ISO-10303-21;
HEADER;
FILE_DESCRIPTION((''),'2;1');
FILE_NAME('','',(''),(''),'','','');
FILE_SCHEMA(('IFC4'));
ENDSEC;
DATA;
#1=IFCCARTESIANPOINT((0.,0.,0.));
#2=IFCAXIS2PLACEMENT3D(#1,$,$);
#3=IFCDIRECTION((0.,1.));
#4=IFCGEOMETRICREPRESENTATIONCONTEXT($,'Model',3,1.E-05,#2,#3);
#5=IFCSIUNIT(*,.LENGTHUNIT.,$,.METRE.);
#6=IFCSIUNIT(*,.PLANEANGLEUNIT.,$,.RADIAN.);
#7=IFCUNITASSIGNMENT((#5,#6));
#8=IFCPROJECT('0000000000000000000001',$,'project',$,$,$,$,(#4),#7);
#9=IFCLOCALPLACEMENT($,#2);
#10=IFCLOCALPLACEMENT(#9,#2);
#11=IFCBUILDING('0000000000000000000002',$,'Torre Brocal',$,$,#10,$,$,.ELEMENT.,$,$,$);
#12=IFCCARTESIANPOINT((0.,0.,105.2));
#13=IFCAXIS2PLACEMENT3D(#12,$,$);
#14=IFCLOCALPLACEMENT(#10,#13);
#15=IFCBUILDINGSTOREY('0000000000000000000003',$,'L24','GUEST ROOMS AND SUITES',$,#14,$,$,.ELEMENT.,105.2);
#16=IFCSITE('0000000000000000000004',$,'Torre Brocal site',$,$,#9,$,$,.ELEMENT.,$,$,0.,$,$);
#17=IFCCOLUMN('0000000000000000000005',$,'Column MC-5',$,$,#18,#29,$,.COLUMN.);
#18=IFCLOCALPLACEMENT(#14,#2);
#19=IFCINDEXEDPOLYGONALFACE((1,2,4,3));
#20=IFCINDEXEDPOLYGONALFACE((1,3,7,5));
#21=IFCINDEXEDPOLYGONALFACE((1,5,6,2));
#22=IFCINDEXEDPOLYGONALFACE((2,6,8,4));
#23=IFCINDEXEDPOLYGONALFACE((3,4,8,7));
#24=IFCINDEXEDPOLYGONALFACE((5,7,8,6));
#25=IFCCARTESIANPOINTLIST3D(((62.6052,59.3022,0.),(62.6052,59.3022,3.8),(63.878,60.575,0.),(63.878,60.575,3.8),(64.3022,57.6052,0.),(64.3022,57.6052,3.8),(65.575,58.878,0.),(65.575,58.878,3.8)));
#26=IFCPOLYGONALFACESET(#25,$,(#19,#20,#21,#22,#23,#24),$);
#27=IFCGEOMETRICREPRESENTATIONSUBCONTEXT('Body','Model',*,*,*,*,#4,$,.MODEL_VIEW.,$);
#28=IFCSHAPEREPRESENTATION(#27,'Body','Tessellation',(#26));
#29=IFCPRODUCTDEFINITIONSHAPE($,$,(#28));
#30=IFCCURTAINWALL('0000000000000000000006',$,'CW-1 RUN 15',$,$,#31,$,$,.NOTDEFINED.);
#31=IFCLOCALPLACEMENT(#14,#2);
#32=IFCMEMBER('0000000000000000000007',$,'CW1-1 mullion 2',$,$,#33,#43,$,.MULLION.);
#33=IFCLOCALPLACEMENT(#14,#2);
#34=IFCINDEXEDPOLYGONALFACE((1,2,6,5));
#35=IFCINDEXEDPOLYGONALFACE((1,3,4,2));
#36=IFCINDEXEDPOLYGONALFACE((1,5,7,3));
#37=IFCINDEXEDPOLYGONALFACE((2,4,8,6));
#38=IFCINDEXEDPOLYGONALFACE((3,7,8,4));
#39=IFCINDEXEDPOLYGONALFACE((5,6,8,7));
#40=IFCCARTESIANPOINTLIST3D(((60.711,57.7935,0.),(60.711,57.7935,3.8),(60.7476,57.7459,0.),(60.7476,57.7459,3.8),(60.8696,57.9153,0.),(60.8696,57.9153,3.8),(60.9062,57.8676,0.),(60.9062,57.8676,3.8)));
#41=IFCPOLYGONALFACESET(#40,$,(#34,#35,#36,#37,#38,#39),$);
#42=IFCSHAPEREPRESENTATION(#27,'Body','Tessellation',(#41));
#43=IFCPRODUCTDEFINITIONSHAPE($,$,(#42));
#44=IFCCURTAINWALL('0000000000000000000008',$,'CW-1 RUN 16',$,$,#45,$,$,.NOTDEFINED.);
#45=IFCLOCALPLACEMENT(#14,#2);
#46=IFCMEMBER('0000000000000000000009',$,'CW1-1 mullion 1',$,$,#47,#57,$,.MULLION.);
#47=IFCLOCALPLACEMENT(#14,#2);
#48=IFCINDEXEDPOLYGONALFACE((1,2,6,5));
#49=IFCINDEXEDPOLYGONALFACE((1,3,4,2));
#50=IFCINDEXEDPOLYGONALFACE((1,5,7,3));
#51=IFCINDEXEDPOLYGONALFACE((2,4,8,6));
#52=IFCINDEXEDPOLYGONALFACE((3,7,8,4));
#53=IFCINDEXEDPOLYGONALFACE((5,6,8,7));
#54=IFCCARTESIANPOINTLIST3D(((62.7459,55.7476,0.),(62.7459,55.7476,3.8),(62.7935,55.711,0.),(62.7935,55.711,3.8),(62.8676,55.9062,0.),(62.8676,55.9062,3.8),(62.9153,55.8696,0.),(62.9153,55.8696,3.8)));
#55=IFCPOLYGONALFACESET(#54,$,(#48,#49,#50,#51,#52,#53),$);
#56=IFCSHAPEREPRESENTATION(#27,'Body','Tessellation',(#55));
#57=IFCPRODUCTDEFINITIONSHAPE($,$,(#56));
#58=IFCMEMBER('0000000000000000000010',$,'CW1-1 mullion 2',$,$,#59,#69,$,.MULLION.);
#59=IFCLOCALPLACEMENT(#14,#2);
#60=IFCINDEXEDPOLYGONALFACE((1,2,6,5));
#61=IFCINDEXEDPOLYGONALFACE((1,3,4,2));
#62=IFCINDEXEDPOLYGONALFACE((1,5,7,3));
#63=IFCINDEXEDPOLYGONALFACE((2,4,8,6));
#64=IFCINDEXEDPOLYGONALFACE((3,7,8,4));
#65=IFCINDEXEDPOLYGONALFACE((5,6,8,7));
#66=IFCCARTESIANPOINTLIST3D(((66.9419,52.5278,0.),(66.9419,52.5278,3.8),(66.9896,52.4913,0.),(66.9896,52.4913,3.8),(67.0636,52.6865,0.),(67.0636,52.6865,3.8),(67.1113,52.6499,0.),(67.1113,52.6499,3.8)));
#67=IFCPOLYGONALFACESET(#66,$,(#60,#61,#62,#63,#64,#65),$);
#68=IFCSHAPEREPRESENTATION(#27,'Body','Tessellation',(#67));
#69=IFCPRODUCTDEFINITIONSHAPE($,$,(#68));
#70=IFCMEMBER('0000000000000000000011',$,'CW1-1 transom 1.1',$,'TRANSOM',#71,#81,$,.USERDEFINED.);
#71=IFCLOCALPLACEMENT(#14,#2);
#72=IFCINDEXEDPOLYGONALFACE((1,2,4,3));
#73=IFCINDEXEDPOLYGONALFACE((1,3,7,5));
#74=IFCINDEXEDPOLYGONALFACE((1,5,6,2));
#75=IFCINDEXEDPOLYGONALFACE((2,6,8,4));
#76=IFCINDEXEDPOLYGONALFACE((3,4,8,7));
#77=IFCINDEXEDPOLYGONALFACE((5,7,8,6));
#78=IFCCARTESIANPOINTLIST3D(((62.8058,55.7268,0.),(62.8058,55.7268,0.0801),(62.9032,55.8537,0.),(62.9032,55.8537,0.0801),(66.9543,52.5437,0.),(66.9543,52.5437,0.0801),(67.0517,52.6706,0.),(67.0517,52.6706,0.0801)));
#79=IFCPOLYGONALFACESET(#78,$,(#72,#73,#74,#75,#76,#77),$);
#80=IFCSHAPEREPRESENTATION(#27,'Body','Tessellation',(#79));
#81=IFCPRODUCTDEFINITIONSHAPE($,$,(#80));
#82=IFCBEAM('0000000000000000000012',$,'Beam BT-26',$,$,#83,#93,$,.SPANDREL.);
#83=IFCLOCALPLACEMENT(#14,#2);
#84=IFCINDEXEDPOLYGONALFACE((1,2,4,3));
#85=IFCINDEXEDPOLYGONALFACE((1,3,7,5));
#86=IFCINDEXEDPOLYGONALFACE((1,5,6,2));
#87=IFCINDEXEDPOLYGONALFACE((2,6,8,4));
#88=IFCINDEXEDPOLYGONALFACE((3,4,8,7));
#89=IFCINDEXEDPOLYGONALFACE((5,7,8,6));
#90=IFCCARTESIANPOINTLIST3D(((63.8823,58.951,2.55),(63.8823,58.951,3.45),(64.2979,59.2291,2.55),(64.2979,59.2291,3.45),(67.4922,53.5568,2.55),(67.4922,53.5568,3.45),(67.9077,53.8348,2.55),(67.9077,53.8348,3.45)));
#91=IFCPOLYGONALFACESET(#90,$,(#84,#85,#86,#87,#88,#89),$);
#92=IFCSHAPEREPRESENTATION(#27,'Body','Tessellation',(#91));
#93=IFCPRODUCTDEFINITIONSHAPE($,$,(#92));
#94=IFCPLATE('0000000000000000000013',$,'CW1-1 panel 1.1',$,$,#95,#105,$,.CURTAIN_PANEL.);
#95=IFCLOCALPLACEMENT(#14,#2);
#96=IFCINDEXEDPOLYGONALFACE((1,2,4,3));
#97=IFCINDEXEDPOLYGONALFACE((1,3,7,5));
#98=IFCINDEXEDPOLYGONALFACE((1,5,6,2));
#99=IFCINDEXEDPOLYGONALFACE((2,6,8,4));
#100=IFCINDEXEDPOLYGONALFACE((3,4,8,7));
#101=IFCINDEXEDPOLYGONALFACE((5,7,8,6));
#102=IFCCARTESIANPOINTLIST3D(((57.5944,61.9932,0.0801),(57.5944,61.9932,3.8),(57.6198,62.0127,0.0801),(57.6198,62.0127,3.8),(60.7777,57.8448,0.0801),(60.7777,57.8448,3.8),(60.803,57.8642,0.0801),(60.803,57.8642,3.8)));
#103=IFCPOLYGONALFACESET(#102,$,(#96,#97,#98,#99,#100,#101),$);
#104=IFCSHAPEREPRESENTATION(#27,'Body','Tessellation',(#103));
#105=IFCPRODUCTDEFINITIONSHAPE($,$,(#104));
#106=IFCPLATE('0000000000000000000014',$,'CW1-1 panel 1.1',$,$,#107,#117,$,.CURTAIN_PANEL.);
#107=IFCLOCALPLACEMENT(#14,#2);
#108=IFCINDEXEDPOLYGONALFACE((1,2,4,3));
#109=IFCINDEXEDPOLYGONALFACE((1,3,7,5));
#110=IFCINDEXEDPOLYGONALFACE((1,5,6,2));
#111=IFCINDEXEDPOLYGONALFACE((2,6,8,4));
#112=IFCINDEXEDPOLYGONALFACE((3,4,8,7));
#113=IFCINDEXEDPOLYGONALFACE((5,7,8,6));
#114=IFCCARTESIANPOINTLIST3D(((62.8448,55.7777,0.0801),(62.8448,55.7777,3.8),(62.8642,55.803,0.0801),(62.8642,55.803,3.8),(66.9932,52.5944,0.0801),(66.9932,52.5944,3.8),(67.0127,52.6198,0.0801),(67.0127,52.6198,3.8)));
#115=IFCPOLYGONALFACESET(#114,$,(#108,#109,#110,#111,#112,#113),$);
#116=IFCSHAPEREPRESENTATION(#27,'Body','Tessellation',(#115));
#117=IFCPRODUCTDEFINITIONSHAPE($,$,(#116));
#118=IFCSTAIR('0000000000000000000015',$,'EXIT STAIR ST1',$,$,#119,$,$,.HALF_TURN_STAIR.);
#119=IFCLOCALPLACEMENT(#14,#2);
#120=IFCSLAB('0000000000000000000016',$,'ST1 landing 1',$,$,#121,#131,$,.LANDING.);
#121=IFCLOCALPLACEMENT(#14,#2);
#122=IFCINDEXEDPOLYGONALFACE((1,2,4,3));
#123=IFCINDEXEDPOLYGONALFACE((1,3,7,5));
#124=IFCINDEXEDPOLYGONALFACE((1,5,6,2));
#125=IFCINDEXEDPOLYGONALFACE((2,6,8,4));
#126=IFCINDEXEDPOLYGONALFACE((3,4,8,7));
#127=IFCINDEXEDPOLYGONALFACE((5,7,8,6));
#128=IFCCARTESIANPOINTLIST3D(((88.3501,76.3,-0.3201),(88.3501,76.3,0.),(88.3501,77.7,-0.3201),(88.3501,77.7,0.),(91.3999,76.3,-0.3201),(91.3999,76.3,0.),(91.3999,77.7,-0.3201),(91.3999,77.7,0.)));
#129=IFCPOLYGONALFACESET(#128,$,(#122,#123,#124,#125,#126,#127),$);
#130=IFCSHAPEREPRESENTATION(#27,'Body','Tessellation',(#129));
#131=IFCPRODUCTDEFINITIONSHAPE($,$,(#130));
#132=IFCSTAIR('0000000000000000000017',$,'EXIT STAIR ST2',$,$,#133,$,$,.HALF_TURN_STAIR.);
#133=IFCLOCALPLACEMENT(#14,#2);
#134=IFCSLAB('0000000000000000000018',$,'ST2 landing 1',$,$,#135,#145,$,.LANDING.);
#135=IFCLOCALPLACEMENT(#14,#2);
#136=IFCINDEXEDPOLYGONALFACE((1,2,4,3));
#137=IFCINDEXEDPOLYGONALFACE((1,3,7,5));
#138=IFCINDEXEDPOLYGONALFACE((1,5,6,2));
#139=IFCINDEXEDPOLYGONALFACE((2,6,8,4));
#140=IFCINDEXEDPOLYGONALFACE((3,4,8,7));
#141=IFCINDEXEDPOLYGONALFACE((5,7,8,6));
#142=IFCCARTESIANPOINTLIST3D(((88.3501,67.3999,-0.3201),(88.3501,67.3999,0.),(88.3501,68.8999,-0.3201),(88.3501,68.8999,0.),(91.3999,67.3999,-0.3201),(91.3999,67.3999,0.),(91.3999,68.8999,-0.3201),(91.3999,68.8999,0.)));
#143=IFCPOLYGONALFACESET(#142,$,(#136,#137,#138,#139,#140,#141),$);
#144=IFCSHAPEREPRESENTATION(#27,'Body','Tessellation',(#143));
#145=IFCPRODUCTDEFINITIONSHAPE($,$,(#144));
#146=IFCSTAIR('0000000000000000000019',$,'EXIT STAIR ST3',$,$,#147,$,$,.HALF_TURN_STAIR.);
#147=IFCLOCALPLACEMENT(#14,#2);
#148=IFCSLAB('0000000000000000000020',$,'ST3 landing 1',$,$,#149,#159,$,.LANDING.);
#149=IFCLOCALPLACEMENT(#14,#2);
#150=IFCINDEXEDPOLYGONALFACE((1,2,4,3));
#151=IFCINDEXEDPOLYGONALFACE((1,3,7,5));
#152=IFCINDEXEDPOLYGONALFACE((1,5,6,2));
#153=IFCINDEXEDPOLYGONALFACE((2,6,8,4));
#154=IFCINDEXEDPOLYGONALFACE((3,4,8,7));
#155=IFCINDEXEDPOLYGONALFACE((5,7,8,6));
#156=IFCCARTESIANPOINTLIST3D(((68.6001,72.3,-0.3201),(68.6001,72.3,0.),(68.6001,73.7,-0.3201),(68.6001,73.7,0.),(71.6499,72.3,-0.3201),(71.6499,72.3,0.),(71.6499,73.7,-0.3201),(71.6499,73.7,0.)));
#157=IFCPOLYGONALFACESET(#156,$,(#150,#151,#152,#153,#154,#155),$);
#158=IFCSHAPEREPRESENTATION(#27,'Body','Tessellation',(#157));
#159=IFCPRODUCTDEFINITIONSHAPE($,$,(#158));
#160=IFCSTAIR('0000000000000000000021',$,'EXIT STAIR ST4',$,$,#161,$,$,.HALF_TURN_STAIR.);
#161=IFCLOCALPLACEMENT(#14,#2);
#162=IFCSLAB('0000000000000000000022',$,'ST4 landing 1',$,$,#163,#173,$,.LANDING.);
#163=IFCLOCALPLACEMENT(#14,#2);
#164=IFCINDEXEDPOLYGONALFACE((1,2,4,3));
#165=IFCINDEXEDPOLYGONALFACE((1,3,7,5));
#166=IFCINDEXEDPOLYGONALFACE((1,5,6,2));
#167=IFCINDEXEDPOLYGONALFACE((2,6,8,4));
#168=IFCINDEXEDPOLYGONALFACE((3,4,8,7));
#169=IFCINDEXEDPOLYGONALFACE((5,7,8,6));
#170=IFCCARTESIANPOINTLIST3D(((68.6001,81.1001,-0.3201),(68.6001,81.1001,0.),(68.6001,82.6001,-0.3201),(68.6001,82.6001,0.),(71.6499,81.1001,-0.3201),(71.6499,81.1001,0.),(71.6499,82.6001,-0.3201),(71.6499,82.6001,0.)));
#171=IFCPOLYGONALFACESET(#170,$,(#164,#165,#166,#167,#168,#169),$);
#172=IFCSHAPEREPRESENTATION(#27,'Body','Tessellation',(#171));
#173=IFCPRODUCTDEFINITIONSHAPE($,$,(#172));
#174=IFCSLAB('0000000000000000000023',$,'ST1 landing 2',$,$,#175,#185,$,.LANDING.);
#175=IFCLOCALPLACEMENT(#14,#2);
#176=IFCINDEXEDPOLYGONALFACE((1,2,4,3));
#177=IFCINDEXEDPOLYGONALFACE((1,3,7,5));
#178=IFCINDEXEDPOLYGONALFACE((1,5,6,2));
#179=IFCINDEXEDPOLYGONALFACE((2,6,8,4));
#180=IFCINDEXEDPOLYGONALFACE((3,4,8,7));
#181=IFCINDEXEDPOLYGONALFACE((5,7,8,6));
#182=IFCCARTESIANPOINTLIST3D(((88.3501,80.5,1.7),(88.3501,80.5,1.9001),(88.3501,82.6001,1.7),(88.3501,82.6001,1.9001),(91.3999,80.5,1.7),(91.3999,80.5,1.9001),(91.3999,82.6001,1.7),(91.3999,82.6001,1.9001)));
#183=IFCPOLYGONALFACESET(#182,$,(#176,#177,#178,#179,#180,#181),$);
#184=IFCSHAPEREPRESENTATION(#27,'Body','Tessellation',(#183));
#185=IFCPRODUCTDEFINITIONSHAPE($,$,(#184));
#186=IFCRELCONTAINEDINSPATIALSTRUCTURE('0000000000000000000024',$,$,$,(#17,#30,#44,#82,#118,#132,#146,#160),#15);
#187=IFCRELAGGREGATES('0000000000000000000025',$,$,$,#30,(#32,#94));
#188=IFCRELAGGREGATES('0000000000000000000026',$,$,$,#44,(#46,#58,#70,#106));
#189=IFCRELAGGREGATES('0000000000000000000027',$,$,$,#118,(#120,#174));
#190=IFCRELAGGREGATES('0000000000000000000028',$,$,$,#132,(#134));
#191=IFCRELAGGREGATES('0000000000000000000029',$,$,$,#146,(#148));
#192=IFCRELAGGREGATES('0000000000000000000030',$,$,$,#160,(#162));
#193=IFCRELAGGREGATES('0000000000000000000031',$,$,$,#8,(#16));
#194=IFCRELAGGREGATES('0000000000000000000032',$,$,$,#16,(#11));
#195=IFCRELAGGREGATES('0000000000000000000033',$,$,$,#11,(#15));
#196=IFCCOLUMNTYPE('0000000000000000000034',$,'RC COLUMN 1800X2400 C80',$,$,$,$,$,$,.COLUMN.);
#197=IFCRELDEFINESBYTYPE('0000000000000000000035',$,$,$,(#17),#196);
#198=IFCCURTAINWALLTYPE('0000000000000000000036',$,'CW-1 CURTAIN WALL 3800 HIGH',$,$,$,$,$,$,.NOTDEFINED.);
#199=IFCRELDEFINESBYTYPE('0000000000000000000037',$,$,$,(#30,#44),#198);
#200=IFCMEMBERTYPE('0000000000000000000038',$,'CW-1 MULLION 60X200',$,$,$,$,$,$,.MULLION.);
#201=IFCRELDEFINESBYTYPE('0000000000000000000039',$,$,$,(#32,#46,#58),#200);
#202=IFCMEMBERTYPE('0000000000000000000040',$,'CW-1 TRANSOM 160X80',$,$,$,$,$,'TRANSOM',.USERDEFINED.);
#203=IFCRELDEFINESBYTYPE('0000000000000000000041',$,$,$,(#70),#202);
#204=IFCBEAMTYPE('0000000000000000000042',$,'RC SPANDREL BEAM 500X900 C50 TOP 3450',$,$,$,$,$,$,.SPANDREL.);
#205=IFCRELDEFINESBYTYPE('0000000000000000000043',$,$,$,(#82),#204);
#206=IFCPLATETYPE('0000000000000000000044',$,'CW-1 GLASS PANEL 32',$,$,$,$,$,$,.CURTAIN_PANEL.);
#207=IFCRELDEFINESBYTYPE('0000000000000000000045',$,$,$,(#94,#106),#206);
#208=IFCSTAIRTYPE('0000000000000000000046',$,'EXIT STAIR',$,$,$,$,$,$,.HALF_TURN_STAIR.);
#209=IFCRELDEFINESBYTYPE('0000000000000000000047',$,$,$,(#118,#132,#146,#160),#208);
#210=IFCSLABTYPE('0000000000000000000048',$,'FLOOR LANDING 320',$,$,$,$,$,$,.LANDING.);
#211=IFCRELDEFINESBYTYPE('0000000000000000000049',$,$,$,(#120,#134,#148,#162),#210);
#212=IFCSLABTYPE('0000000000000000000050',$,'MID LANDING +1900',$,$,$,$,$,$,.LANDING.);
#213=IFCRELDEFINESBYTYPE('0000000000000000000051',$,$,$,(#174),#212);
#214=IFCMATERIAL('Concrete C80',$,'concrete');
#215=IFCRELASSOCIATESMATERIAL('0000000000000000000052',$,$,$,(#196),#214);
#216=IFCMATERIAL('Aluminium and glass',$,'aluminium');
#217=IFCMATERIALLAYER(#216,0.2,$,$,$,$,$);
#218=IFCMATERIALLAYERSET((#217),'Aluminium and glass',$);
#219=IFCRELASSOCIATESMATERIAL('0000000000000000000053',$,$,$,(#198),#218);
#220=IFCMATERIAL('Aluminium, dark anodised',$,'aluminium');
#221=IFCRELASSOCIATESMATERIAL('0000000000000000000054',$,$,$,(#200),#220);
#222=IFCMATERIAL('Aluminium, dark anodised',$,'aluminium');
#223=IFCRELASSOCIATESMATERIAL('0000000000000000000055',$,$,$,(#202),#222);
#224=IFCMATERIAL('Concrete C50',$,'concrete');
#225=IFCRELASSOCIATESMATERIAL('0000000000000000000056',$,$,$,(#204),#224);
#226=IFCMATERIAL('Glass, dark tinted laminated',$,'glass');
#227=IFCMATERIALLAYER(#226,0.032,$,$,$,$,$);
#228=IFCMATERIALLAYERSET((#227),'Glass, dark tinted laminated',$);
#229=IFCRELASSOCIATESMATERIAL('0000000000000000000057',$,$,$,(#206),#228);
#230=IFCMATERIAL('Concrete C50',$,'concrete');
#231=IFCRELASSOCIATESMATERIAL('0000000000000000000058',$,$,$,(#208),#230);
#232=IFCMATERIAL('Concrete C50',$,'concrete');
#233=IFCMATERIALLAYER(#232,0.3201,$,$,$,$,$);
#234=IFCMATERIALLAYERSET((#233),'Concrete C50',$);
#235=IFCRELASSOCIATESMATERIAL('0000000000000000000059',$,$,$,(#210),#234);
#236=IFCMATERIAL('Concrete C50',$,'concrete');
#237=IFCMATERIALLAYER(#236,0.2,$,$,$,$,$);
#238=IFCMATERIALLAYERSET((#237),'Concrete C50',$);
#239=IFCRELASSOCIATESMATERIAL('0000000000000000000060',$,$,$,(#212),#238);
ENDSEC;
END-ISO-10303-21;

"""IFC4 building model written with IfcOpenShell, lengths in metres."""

from ifc_helpers import new_model, si_unit, direction, frame, origin, origin_2d, place, context, subcontext, project, spatial, polyline, rectangle, outline, extrude, material, layer, layer_set, material_profile, profile_set, type_object, element, aggregate, save


model = new_model("IFC4")

# Units and contexts
model_context = context("Model", 3, precision=1e-05, world=origin(), true_north=direction((0.0, 1.0)))
body_context = subcontext(model_context, "Body", "Model", "MODEL_VIEW")
ifc_project = project(units=[si_unit("LENGTHUNIT", "METRE"), si_unit("PLANEANGLEUNIT", "RADIAN")], contexts=[model_context])

# Site, building, storey
site_placement = place(None, origin())
site = spatial("IfcSite", under=ifc_project, at=site_placement, Name="Torre Brocal site", CompositionType="ELEMENT", RefElevation=0.0)
building_placement = place(site_placement, origin())
building = spatial("IfcBuilding", under=site, at=building_placement, Name="Torre Brocal", CompositionType="ELEMENT")
storey_placement = place(building_placement, frame((0.0, 0.0, 105.2)))
storey = spatial("IfcBuildingStorey", under=building, at=storey_placement, Name="L24", Description="GUEST ROOMS AND SUITES", CompositionType="ELEMENT", Elevation=105.2)

# Column
ifc_material_1 = material(Name="Concrete C80", Category="concrete")
ifc_material_profile_1 = material_profile(ifc_material_1, rectangle(XDim=1.8, YDim=2.3999, at=origin_2d()), Name="RC 1800X2400")
ifc_profile_set_1 = profile_set([ifc_material_profile_1], Name="Concrete C80")
column_type = type_object("IfcColumnType", Name="RC COLUMN 1800X2400 C80", PredefinedType="COLUMN", material=ifc_profile_set_1)
column_placement = place(storey_placement, frame((64.0901, 59.0901, 0.0), z_axis=(0.0, 0.0, 1.0), x_axis=(-0.707107, -0.707107, 0.0)))
element("IfcColumn", 1, at=column_placement, inside=storey, type_object=column_type, Name="Column MC-5", PredefinedType="COLUMN", context=body_context, shape_type="SweptSolid", body=[
    extrude(rectangle(XDim=1.8, YDim=2.3999, at=origin_2d()), origin(), (0.0, 0.0, 1.0), 3.8),
])

# Curtain wall, member
ifc_material_2 = material(Name="Aluminium and glass", Category="aluminium")
ifc_layer_1 = layer(ifc_material_2, 0.2)
ifc_layer_set_1 = layer_set([ifc_layer_1], Name="Aluminium and glass")
curtain_wall_type = type_object("IfcCurtainWallType", Name="CW-1 CURTAIN WALL 3800 HIGH", PredefinedType="NOTDEFINED", material=ifc_layer_set_1)
curtain_wall_1_placement = place(storey_placement, origin())
curtain_wall_1 = element("IfcCurtainWall", 2, at=curtain_wall_1_placement, inside=storey, type_object=curtain_wall_type, Name="CW-1 RUN 15", PredefinedType="NOTDEFINED")
ifc_material_3 = material(Name="Aluminium, dark anodised", Category="aluminium")
ifc_material_profile_2 = material_profile(ifc_material_3, rectangle(XDim=0.2, YDim=0.0601, at=origin_2d()), Name="CW-1 MULLION 60X200")
ifc_profile_set_2 = profile_set([ifc_material_profile_2], Name="Aluminium, dark anodised")
member_type_1 = type_object("IfcMemberType", Name="CW-1 MULLION 60X200", PredefinedType="MULLION", material=ifc_profile_set_2)
member_1_placement = place(storey_placement, frame((60.8086, 57.8306, 0.0), z_axis=(0.0, 0.0, 1.0), x_axis=(0.793353, 0.608761, 0.0)))
member_1 = element("IfcMember", 3, at=member_1_placement, type_object=member_type_1, Name="CW1-1 mullion 2", PredefinedType="MULLION", context=body_context, shape_type="SweptSolid", body=[
    extrude(rectangle(XDim=0.2, YDim=0.0601, at=origin_2d()), origin(), (0.0, 0.0, 1.0), 3.8),
])

# Curtain wall, members
curtain_wall_2_placement = place(storey_placement, origin())
curtain_wall_2 = element("IfcCurtainWall", 4, at=curtain_wall_2_placement, inside=storey, type_object=curtain_wall_type, Name="CW-1 RUN 16", PredefinedType="NOTDEFINED")
member_2_placement = place(storey_placement, frame((62.8306, 55.8086, 0.0), z_axis=(0.0, 0.0, 1.0), x_axis=(0.608761, 0.793353, 0.0)))
member_2 = element("IfcMember", 5, at=member_2_placement, type_object=member_type_1, Name="CW1-1 mullion 1", PredefinedType="MULLION", context=body_context, shape_type="SweptSolid", body=[
    extrude(rectangle(XDim=0.2, YDim=0.0601, at=origin_2d()), origin(), (0.0, 0.0, 1.0), 3.8),
])
member_3_placement = place(storey_placement, frame((67.0266, 52.5889, 0.0), z_axis=(0.0, 0.0, 1.0), x_axis=(0.608761, 0.793353, 0.0)))
member_3 = element("IfcMember", 6, at=member_3_placement, type_object=member_type_1, Name="CW1-1 mullion 2", PredefinedType="MULLION", context=body_context, shape_type="SweptSolid", body=[
    extrude(rectangle(XDim=0.2, YDim=0.0601, at=origin_2d()), origin(), (0.0, 0.0, 1.0), 3.8),
])
ifc_material_4 = material(Name="Aluminium, dark anodised", Category="aluminium")
ifc_material_profile_3 = material_profile(ifc_material_4, rectangle(XDim=0.1599, YDim=0.0801, at=origin_2d()), Name="CW-1 TRANSOM 160X80")
ifc_profile_set_3 = profile_set([ifc_material_profile_3], Name="Aluminium, dark anodised")
member_type_2 = type_object("IfcMemberType", Name="CW-1 TRANSOM 160X80", ElementType="TRANSOM", PredefinedType="USERDEFINED", material=ifc_profile_set_3)
member_4_placement = place(storey_placement, frame((62.8545, 55.7903, 0.04), z_axis=(0.793363, -0.608749, 0.0), x_axis=(0.608749, 0.793363, 0.0)))
member_4 = element("IfcMember", 7, at=member_4_placement, type_object=member_type_2, Name="CW1-1 transom 1.1", ObjectType="TRANSOM", PredefinedType="USERDEFINED", context=body_context, shape_type="SweptSolid", body=[
    extrude(rectangle(XDim=0.1599, YDim=0.0801, at=origin_2d()), origin(), (0.0, 0.0, 1.0), 5.229),
])

# Beam
ifc_material_5 = material(Name="Concrete C50", Category="concrete")
ifc_material_profile_4 = material_profile(ifc_material_5, rectangle(XDim=0.5, YDim=0.8999, at=origin_2d()), Name="RC 500X900")
ifc_profile_set_4 = profile_set([ifc_material_profile_4], Name="Concrete C50")
beam_type = type_object("IfcBeamType", Name="RC SPANDREL BEAM 500X900 C50 TOP 3450", PredefinedType="SPANDREL", material=ifc_profile_set_4)
beam_placement = place(storey_placement, frame((64.0901, 59.0901, 3.0), z_axis=(0.556158, -0.831077, 0.0), x_axis=(0.831077, 0.556158, 0.0)))
element("IfcBeam", 8, at=beam_placement, inside=storey, type_object=beam_type, Name="Beam BT-26", PredefinedType="SPANDREL", context=body_context, shape_type="SweptSolid", body=[
    extrude(rectangle(XDim=0.5, YDim=0.8999, at=origin_2d()), origin(), (0.0, 0.0, 1.0), 6.4907),
])

# Plates
ifc_material_6 = material(Name="Glass, dark tinted laminated", Category="glass")
ifc_layer_2 = layer(ifc_material_6, 0.032)
ifc_layer_set_2 = layer_set([ifc_layer_2], Name="Glass, dark tinted laminated")
plate_type = type_object("IfcPlateType", Name="CW-1 GLASS PANEL 32", PredefinedType="CURTAIN_PANEL", material=ifc_layer_set_2)
plate_1_placement = place(storey_placement, frame((59.1987, 59.9287, 0.0801), z_axis=(0.0, 0.0, 1.0), x_axis=(0.608761, -0.793353, 0.0)))
plate_1 = element("IfcPlate", 9, at=plate_1_placement, type_object=plate_type, Name="CW1-1 panel 1.1", PredefinedType="CURTAIN_PANEL", context=body_context, shape_type="SweptSolid", body=[
    extrude(rectangle(XDim=5.229, YDim=0.032, at=origin_2d()), origin(), (0.0, 0.0, 1.0), 3.72),
])
aggregate(curtain_wall_1, [member_1, plate_1])
plate_2_placement = place(storey_placement, frame((64.9287, 54.1987, 0.0801), z_axis=(0.0, 0.0, 1.0), x_axis=(0.793353, -0.608761, 0.0)))
plate_2 = element("IfcPlate", 10, at=plate_2_placement, type_object=plate_type, Name="CW1-1 panel 1.1", PredefinedType="CURTAIN_PANEL", context=body_context, shape_type="SweptSolid", body=[
    extrude(rectangle(XDim=5.229, YDim=0.032, at=origin_2d()), origin(), (0.0, 0.0, 1.0), 3.72),
])
aggregate(curtain_wall_2, [member_2, member_3, member_4, plate_2])

# Stairs, slabs
ifc_material_7 = material(Name="Concrete C50", Category="concrete")
stair_type = type_object("IfcStairType", Name="EXIT STAIR", PredefinedType="HALF_TURN_STAIR", material=ifc_material_7)
stair_1_placement = place(storey_placement, origin())
stair_1 = element("IfcStair", 11, at=stair_1_placement, inside=storey, type_object=stair_type, Name="EXIT STAIR ST1", PredefinedType="HALF_TURN_STAIR")
ifc_material_8 = material(Name="Concrete C50", Category="concrete")
ifc_layer_3 = layer(ifc_material_8, 0.3201)
ifc_layer_set_3 = layer_set([ifc_layer_3], Name="Concrete C50")
slab_type_1 = type_object("IfcSlabType", Name="FLOOR LANDING 320", PredefinedType="LANDING", material=ifc_layer_set_3)
slab_1_placement = place(storey_placement, frame((0.0, 0.0, -0.3201)))
slab_1 = element("IfcSlab", 12, at=slab_1_placement, type_object=slab_type_1, Name="ST1 landing 1", PredefinedType="LANDING", context=body_context, shape_type="SweptSolid", body=[
    extrude(outline(polyline([(88.3501, 76.3), (91.3999, 76.3), (91.3999, 77.7), (88.3501, 77.7), (88.3501, 76.3)])), origin(), (0.0, 0.0, 1.0), 0.3201),
])
stair_2_placement = place(storey_placement, origin())
stair_2 = element("IfcStair", 13, at=stair_2_placement, inside=storey, type_object=stair_type, Name="EXIT STAIR ST2", PredefinedType="HALF_TURN_STAIR")
slab_2_placement = place(storey_placement, frame((0.0, 0.0, -0.3201)))
slab_2 = element("IfcSlab", 14, at=slab_2_placement, type_object=slab_type_1, Name="ST2 landing 1", PredefinedType="LANDING", context=body_context, shape_type="SweptSolid", body=[
    extrude(outline(polyline([(88.3501, 67.3999), (91.3999, 67.3999), (91.3999, 68.8999), (88.3501, 68.8999), (88.3501, 67.3999)])), origin(), (0.0, 0.0, 1.0), 0.3201),
])
stair_3_placement = place(storey_placement, origin())
stair_3 = element("IfcStair", 15, at=stair_3_placement, inside=storey, type_object=stair_type, Name="EXIT STAIR ST3", PredefinedType="HALF_TURN_STAIR")
slab_3_placement = place(storey_placement, frame((0.0, 0.0, -0.3201)))
slab_3 = element("IfcSlab", 16, at=slab_3_placement, type_object=slab_type_1, Name="ST3 landing 1", PredefinedType="LANDING", context=body_context, shape_type="SweptSolid", body=[
    extrude(outline(polyline([(71.6499, 73.7), (68.6001, 73.7), (68.6001, 72.3), (71.6499, 72.3), (71.6499, 73.7)])), origin(), (0.0, 0.0, 1.0), 0.3201),
])
stair_4_placement = place(storey_placement, origin())
stair_4 = element("IfcStair", 17, at=stair_4_placement, inside=storey, type_object=stair_type, Name="EXIT STAIR ST4", PredefinedType="HALF_TURN_STAIR")
slab_4_placement = place(storey_placement, frame((0.0, 0.0, -0.3201)))
slab_4 = element("IfcSlab", 18, at=slab_4_placement, type_object=slab_type_1, Name="ST4 landing 1", PredefinedType="LANDING", context=body_context, shape_type="SweptSolid", body=[
    extrude(outline(polyline([(71.6499, 82.6001), (68.6001, 82.6001), (68.6001, 81.1001), (71.6499, 81.1001), (71.6499, 82.6001)])), origin(), (0.0, 0.0, 1.0), 0.3201),
])

# Slab
ifc_material_9 = material(Name="Concrete C50", Category="concrete")
ifc_layer_4 = layer(ifc_material_9, 0.2)
ifc_layer_set_4 = layer_set([ifc_layer_4], Name="Concrete C50")
slab_type_2 = type_object("IfcSlabType", Name="MID LANDING +1900", PredefinedType="LANDING", material=ifc_layer_set_4)
slab_5_placement = place(storey_placement, frame((0.0, 0.0, 1.7)))
slab_5 = element("IfcSlab", 19, at=slab_5_placement, type_object=slab_type_2, Name="ST1 landing 2", PredefinedType="LANDING", context=body_context, shape_type="SweptSolid", body=[
    extrude(outline(polyline([(88.3501, 80.5), (91.3999, 80.5), (91.3999, 82.6001), (88.3501, 82.6001), (88.3501, 80.5)])), origin(), (0.0, 0.0, 1.0), 0.2002),
])
aggregate(stair_1, [slab_1, slab_5])
aggregate(stair_2, [slab_2])
aggregate(stair_3, [slab_3])
aggregate(stair_4, [slab_4])

save(model, "model.ifc")
